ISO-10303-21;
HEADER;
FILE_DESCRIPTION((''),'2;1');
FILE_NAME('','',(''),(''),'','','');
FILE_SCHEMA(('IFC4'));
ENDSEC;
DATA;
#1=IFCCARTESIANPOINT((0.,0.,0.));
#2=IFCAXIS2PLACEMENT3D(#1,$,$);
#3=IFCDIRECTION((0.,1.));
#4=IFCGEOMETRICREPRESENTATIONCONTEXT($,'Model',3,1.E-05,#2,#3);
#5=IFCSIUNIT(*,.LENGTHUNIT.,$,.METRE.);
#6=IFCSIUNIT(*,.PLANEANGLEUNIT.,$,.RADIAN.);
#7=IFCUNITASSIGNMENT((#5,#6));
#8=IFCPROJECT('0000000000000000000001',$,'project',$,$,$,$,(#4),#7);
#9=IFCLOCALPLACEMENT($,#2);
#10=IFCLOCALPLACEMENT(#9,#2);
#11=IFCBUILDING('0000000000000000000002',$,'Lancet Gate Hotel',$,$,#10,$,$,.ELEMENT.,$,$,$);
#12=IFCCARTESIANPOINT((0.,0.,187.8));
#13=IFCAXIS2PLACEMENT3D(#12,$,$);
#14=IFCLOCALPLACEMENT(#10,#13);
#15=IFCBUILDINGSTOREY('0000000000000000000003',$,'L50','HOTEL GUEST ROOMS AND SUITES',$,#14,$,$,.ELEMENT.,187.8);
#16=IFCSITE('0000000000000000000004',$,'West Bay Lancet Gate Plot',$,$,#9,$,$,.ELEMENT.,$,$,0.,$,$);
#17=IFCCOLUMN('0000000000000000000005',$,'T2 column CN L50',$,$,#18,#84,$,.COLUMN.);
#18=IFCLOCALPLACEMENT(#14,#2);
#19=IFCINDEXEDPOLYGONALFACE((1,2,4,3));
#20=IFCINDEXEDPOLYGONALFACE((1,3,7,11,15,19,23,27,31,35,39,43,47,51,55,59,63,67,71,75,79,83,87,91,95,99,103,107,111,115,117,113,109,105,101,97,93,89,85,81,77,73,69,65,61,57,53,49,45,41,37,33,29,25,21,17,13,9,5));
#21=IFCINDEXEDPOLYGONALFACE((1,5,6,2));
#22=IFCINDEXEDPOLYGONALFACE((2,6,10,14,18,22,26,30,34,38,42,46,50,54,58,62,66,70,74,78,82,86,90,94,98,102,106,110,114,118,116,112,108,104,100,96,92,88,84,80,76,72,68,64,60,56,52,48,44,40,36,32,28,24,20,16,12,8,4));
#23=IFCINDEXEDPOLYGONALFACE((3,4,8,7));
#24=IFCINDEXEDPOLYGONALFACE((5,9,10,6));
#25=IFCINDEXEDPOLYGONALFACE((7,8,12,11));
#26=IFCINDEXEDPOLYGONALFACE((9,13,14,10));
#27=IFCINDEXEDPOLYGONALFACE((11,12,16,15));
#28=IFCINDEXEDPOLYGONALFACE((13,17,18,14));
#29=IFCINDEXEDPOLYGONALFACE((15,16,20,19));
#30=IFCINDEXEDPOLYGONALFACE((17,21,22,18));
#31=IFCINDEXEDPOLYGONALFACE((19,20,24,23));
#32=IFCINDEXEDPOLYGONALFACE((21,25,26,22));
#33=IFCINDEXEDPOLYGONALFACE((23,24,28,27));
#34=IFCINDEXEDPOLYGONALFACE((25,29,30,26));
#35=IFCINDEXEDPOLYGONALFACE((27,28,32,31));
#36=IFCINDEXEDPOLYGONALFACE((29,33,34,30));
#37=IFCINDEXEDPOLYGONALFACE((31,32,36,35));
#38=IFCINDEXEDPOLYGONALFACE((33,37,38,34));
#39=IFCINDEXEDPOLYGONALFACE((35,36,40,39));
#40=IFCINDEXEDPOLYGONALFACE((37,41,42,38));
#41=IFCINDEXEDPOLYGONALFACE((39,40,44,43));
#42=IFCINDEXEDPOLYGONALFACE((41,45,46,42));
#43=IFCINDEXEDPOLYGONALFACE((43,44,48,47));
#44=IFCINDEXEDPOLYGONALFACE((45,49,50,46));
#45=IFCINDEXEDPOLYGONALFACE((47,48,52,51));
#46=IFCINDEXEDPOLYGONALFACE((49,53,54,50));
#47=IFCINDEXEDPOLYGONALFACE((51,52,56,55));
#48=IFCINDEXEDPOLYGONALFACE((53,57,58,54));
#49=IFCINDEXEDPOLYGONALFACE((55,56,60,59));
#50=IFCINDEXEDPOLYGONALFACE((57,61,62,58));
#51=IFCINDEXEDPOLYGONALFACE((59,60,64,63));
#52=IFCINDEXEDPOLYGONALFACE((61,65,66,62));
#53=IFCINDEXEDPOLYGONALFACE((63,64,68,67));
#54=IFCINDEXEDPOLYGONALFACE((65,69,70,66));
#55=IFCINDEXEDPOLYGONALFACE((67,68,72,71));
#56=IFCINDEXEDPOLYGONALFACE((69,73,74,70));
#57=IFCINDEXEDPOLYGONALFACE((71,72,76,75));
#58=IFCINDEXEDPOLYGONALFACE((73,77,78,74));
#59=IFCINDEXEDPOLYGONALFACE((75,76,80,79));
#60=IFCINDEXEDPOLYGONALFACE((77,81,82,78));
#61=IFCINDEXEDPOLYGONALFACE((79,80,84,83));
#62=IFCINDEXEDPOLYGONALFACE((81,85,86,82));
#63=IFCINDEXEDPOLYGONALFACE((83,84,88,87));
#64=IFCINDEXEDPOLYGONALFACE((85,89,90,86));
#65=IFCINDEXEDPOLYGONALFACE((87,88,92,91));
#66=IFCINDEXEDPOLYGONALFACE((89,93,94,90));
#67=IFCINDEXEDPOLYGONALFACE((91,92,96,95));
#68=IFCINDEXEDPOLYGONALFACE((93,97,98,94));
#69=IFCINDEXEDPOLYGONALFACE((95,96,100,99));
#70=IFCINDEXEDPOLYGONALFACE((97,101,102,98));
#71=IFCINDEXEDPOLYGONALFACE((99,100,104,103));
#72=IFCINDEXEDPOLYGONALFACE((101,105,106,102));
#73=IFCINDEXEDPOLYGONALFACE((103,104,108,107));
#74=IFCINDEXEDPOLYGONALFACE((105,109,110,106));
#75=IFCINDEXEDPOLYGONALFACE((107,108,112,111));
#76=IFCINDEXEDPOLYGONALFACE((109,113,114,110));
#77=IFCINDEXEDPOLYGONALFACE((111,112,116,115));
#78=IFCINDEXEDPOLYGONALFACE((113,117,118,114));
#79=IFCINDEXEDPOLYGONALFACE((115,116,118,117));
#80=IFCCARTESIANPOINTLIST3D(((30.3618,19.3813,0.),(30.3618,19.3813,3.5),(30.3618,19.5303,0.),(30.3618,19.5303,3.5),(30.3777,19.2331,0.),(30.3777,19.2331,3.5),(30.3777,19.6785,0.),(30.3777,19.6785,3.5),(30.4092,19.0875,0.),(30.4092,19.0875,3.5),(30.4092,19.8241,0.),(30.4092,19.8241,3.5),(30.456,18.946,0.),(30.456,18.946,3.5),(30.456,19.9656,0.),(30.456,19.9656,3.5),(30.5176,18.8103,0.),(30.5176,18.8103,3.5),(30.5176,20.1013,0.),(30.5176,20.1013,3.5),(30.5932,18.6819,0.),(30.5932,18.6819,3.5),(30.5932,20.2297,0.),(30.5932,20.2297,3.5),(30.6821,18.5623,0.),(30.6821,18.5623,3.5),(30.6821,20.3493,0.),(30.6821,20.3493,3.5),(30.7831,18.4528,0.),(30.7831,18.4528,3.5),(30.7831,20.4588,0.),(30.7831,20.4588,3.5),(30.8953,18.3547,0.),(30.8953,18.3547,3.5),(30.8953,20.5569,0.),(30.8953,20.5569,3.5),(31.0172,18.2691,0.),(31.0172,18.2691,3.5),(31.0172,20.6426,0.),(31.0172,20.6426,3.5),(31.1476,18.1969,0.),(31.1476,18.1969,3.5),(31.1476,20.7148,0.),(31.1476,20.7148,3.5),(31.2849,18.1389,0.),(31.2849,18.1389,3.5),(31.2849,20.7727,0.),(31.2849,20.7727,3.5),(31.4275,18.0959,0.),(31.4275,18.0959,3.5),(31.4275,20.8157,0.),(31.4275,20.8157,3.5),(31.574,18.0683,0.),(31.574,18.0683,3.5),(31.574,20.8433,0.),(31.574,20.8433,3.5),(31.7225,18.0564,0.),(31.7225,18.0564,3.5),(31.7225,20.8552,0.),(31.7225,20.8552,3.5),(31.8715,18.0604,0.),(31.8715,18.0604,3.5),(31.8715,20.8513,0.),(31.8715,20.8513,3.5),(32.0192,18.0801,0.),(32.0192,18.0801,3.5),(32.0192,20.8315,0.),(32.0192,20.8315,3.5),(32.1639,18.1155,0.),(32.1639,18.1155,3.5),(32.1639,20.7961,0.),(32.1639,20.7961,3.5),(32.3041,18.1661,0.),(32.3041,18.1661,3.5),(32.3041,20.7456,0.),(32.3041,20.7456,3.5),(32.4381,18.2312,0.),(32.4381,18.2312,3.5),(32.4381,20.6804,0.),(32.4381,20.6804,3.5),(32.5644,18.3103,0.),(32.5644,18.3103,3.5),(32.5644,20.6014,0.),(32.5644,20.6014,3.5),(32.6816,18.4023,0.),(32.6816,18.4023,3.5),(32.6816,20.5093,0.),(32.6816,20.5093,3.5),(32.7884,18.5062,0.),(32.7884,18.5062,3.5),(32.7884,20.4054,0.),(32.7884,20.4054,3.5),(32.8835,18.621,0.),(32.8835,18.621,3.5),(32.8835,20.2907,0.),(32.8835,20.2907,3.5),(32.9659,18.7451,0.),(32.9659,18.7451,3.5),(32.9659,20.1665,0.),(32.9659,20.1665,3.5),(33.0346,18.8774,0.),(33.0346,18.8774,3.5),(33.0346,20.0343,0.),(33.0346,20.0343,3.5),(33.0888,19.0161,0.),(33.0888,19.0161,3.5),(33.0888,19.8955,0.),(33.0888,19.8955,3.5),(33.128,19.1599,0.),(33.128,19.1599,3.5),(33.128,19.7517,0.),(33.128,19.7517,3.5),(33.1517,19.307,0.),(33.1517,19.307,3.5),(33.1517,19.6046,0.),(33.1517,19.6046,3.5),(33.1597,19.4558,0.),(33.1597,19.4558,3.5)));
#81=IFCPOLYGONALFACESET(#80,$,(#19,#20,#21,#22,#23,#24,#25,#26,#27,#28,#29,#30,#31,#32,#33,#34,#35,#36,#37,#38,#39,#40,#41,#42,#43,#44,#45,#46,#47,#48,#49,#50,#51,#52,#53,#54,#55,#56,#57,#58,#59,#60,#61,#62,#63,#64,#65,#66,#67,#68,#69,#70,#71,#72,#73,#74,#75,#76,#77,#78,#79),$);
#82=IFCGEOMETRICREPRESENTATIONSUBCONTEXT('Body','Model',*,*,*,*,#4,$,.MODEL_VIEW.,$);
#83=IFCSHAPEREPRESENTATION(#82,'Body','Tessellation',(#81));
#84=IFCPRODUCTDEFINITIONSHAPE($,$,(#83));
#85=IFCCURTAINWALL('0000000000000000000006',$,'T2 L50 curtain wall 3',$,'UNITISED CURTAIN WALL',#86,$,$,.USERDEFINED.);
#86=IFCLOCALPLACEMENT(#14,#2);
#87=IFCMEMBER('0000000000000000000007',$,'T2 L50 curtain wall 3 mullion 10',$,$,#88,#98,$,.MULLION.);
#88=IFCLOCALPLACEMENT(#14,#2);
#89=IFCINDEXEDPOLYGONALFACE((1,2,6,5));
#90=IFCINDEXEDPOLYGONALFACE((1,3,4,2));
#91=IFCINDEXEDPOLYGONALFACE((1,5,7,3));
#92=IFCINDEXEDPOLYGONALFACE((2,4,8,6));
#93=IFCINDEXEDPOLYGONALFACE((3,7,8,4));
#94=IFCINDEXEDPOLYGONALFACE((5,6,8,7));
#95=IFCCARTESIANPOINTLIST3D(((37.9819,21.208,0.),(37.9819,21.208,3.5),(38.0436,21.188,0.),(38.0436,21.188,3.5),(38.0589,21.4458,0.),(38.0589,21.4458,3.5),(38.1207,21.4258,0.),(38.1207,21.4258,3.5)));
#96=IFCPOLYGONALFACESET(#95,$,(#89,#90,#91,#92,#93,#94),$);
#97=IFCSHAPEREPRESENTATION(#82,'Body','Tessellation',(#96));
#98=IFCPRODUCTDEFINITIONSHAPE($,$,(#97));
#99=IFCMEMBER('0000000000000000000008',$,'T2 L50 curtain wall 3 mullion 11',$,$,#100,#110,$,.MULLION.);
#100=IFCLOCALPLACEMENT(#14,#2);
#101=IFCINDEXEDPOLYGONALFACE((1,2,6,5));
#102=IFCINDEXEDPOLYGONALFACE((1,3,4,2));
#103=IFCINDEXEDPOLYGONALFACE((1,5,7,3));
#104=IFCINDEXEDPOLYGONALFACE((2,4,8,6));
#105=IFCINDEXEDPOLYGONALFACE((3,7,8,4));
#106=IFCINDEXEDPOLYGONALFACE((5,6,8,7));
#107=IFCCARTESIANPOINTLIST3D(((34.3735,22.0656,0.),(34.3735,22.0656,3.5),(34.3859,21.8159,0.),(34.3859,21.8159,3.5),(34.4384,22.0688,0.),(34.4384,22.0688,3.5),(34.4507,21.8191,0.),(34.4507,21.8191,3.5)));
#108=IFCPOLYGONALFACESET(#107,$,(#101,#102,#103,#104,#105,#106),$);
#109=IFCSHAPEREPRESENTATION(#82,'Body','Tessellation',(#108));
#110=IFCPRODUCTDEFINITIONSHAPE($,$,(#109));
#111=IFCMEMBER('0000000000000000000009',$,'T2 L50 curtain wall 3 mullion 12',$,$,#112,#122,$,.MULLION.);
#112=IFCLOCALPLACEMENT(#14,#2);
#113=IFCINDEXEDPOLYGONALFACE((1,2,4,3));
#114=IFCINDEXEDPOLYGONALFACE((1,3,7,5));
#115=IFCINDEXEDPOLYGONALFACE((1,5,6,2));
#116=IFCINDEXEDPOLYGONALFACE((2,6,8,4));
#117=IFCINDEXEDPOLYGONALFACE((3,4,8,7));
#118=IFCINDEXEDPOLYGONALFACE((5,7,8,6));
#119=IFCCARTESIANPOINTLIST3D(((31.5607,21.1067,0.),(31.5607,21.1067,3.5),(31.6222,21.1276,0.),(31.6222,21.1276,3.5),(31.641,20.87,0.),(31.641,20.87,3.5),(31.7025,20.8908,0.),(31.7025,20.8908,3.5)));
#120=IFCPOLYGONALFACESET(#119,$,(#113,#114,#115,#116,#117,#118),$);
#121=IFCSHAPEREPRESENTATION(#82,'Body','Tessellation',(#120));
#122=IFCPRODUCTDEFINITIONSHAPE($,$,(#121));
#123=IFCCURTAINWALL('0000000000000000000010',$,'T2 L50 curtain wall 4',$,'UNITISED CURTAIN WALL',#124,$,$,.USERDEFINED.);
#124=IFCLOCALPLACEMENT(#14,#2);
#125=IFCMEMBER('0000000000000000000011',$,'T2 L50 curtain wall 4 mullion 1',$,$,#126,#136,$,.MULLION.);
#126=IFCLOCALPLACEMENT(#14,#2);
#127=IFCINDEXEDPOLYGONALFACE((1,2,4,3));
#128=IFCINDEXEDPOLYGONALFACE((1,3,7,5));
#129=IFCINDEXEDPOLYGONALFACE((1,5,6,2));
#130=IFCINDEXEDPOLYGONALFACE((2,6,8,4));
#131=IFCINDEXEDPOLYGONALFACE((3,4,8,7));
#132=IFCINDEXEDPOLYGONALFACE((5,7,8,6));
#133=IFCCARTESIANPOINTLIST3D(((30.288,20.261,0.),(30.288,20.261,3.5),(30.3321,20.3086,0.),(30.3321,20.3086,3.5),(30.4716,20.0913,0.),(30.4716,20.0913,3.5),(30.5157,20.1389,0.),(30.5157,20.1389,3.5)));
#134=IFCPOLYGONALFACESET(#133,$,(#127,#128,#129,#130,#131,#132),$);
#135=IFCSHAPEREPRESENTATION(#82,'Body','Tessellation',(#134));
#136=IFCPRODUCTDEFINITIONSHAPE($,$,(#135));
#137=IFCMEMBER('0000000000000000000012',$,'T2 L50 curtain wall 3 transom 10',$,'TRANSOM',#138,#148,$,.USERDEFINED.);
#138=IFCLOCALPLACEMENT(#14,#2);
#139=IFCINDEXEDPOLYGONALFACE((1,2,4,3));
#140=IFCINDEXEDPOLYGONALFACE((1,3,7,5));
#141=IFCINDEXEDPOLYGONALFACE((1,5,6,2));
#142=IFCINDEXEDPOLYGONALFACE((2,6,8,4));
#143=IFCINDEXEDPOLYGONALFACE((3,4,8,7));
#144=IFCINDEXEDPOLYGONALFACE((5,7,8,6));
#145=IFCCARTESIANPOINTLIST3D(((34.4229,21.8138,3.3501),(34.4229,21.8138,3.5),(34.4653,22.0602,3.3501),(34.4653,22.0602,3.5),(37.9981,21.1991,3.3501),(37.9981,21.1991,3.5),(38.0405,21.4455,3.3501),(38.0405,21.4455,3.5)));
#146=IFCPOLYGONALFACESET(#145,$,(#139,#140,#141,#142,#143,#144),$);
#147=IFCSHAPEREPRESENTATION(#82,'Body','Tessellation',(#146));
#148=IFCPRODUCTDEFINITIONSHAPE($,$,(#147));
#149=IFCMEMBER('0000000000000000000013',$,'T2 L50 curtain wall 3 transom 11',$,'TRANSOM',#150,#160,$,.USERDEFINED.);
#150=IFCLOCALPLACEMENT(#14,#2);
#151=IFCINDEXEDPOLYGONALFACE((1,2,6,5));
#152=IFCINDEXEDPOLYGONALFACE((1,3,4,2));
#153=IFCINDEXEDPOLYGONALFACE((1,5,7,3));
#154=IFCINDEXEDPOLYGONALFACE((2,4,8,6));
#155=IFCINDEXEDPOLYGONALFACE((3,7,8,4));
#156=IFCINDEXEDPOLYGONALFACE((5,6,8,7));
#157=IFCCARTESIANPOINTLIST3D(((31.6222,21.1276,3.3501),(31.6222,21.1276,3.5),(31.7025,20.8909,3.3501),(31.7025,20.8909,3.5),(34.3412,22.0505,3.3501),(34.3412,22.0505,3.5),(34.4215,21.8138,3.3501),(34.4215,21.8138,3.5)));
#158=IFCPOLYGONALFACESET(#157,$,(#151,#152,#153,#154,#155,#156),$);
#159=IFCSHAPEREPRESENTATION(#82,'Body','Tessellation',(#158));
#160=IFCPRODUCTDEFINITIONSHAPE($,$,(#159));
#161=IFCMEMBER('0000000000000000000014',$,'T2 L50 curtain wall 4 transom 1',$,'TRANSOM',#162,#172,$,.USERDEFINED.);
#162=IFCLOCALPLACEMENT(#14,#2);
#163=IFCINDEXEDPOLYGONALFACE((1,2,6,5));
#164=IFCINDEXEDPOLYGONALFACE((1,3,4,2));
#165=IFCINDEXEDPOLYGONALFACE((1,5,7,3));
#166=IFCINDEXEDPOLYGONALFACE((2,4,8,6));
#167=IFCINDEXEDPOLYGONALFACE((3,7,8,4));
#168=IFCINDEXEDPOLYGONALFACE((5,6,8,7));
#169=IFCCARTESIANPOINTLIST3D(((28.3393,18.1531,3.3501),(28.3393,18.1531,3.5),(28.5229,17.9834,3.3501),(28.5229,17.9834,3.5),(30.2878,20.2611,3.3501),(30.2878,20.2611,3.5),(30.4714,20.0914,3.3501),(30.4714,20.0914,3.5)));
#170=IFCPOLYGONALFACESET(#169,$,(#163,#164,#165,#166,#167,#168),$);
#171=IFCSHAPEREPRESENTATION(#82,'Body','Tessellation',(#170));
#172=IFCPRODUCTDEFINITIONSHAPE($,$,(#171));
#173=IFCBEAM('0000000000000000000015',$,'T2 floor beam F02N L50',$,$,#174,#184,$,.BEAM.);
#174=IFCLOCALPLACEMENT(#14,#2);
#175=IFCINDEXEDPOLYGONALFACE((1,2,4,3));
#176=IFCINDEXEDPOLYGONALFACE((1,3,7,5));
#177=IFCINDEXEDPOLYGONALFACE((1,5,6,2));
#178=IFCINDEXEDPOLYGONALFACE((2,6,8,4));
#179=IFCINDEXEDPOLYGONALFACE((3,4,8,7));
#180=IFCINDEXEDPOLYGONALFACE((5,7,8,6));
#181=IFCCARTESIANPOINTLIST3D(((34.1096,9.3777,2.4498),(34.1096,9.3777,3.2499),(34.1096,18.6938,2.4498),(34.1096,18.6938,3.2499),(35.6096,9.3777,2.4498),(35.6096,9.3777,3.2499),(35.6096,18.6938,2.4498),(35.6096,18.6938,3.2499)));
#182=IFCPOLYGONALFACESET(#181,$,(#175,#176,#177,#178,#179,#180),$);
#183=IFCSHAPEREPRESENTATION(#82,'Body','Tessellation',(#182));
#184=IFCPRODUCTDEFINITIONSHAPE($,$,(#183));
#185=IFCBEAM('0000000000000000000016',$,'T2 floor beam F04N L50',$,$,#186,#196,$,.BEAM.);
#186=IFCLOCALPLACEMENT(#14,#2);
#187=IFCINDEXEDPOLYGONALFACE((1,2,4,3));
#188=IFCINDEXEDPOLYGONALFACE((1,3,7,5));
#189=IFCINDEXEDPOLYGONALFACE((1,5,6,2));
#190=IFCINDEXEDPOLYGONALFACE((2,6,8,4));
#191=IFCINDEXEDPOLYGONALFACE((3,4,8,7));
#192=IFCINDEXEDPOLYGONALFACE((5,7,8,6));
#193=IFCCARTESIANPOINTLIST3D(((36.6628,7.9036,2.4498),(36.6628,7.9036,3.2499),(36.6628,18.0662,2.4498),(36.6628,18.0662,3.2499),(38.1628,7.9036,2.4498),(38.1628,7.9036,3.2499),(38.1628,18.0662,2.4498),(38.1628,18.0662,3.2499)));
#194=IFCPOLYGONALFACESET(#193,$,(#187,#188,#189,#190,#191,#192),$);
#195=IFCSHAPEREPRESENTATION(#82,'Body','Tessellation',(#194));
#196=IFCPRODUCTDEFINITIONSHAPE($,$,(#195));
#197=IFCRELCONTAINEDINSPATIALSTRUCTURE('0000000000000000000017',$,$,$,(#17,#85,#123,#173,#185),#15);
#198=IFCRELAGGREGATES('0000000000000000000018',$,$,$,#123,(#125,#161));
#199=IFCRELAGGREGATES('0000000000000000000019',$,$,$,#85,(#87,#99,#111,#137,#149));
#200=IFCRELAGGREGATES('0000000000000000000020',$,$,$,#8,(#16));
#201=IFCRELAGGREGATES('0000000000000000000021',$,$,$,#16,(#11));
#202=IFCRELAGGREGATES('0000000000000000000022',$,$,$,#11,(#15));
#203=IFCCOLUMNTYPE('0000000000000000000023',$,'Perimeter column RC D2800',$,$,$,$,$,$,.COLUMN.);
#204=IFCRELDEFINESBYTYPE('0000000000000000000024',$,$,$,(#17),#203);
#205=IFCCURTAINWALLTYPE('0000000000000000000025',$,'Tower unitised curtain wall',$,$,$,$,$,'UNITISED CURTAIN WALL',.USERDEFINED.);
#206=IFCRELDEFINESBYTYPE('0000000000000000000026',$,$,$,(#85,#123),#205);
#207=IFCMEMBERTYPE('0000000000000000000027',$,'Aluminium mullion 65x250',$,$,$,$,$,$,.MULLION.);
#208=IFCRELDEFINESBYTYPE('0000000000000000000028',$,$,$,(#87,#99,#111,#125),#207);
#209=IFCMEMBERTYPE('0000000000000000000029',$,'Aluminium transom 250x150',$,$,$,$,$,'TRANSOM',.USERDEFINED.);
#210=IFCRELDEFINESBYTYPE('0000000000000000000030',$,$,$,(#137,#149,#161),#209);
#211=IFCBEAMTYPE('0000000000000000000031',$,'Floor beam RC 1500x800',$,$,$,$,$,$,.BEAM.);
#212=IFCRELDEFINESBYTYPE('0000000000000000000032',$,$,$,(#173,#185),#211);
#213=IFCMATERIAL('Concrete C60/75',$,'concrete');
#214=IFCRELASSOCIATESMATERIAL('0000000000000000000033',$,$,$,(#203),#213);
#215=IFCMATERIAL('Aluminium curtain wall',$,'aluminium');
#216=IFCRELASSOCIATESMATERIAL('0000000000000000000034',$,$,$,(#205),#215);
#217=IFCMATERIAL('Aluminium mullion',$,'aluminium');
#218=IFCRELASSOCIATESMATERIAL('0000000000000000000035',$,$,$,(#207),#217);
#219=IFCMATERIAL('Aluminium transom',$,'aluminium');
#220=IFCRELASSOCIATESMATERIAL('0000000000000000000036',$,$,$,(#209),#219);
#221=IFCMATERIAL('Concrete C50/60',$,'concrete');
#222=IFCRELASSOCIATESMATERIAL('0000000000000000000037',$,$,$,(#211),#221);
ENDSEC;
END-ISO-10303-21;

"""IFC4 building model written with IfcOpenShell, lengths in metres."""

from ifc_helpers import new_model, si_unit, direction, frame, origin, origin_2d, place, context, subcontext, project, spatial, rectangle, circle, extrude, material, material_profile, profile_set, type_object, element, aggregate, save


model = new_model("IFC4")

# Units and contexts
model_context = context("Model", 3, precision=1e-05, world=origin(), true_north=direction((0.0, 1.0)))
body_context = subcontext(model_context, "Body", "Model", "MODEL_VIEW")
ifc_project = project(units=[si_unit("LENGTHUNIT", "METRE"), si_unit("PLANEANGLEUNIT", "RADIAN")], contexts=[model_context])

# Site, building, storey
site_placement = place(None, origin())
site = spatial("IfcSite", under=ifc_project, at=site_placement, Name="West Bay Lancet Gate Plot", CompositionType="ELEMENT", RefElevation=0.0)
building_placement = place(site_placement, origin())
building = spatial("IfcBuilding", under=site, at=building_placement, Name="Lancet Gate Hotel", CompositionType="ELEMENT")
storey_placement = place(building_placement, frame((0.0, 0.0, 187.8)))
storey = spatial("IfcBuildingStorey", under=building, at=storey_placement, Name="L50", Description="HOTEL GUEST ROOMS AND SUITES", CompositionType="ELEMENT", Elevation=187.8)

# Column
ifc_material_1 = material(Name="Concrete C60/75", Category="concrete")
ifc_material_profile_1 = material_profile(ifc_material_1, circle(Radius=1.3999, at=origin_2d()), Name="RC D2800")
ifc_profile_set_1 = profile_set([ifc_material_profile_1], Name="Concrete C60/75")
column_type = type_object("IfcColumnType", Name="Perimeter column RC D2800", PredefinedType="COLUMN", material=ifc_profile_set_1)
column_placement = place(storey_placement, frame((31.7598, 19.4558, 0.0), z_axis=(0.0, 0.0, 1.0), x_axis=(1.0, 0.0, 0.0)))
element("IfcColumn", 1, at=column_placement, inside=storey, type_object=column_type, Name="T2 column CN L50", PredefinedType="COLUMN", context=body_context, shape_type="SweptSolid", body=[
    extrude(circle(Radius=1.3999, at=origin_2d()), origin(), (0.0, 0.0, 1.0), 3.5),
])

# Curtain wall, members
ifc_material_2 = material(Name="Aluminium curtain wall", Category="aluminium")
curtain_wall_type = type_object("IfcCurtainWallType", Name="Tower unitised curtain wall", ElementType="UNITISED CURTAIN WALL", PredefinedType="USERDEFINED", material=ifc_material_2)
curtain_wall_1_placement = place(storey_placement, origin())
curtain_wall_1 = element("IfcCurtainWall", 2, at=curtain_wall_1_placement, inside=storey, type_object=curtain_wall_type, Name="T2 L50 curtain wall 3", ObjectType="UNITISED CURTAIN WALL", PredefinedType="USERDEFINED")
ifc_material_3 = material(Name="Aluminium mullion", Category="aluminium")
ifc_material_profile_2 = material_profile(ifc_material_3, rectangle(XDim=0.0649, YDim=0.25, at=origin_2d()), Name="MULLION 65x250")
ifc_profile_set_2 = profile_set([ifc_material_profile_2], Name="Aluminium mullion")
member_type_1 = type_object("IfcMemberType", Name="Aluminium mullion 65x250", PredefinedType="MULLION", material=ifc_profile_set_2)
member_1_placement = place(storey_placement, frame((38.0513, 21.3169, 0.0), z_axis=(0.0, 0.0, 1.0), x_axis=(-0.951355, 0.308095, 0.0)))
member_1 = element("IfcMember", 3, at=member_1_placement, type_object=member_type_1, Name="T2 L50 curtain wall 3 mullion 10", PredefinedType="MULLION", context=body_context, shape_type="SweptSolid", body=[
    extrude(rectangle(XDim=0.0649, YDim=0.25, at=origin_2d()), origin(), (0.0, 0.0, 1.0), 3.5),
])
member_2_placement = place(storey_placement, frame((34.4121, 21.9424, 0.0), z_axis=(0.0, 0.0, 1.0), x_axis=(-0.998776, -0.049471, 0.0)))
member_2 = element("IfcMember", 4, at=member_2_placement, type_object=member_type_1, Name="T2 L50 curtain wall 3 mullion 11", PredefinedType="MULLION", context=body_context, shape_type="SweptSolid", body=[
    extrude(rectangle(XDim=0.0649, YDim=0.25, at=origin_2d()), origin(), (0.0, 0.0, 1.0), 3.5),
])
member_3_placement = place(storey_placement, frame((31.6316, 20.9988, 0.0), z_axis=(0.0, 0.0, 1.0), x_axis=(-0.946952, -0.321374, 0.0)))
member_3 = element("IfcMember", 5, at=member_3_placement, type_object=member_type_1, Name="T2 L50 curtain wall 3 mullion 12", PredefinedType="MULLION", context=body_context, shape_type="SweptSolid", body=[
    extrude(rectangle(XDim=0.0649, YDim=0.25, at=origin_2d()), origin(), (0.0, 0.0, 1.0), 3.5),
])

# Curtain wall, member
curtain_wall_2_placement = place(storey_placement, origin())
curtain_wall_2 = element("IfcCurtainWall", 6, at=curtain_wall_2_placement, inside=storey, type_object=curtain_wall_type, Name="T2 L50 curtain wall 4", ObjectType="UNITISED CURTAIN WALL", PredefinedType="USERDEFINED")
member_4_placement = place(storey_placement, frame((30.4019, 20.2, 0.0), z_axis=(0.0, 0.0, 1.0), x_axis=(-0.678831, -0.734294, 0.0)))
member_4 = element("IfcMember", 7, at=member_4_placement, type_object=member_type_1, Name="T2 L50 curtain wall 4 mullion 1", PredefinedType="MULLION", context=body_context, shape_type="SweptSolid", body=[
    extrude(rectangle(XDim=0.0649, YDim=0.25, at=origin_2d()), origin(), (0.0, 0.0, 1.0), 3.5),
])

# Members
ifc_material_4 = material(Name="Aluminium transom", Category="aluminium")
ifc_material_profile_3 = material_profile(ifc_material_4, rectangle(XDim=0.25, YDim=0.1499, at=origin_2d()), Name="TRANSOM 250x150")
ifc_profile_set_3 = profile_set([ifc_material_profile_3], Name="Aluminium transom")
member_type_2 = type_object("IfcMemberType", Name="Aluminium transom 250x150", ElementType="TRANSOM", PredefinedType="USERDEFINED", material=ifc_profile_set_3)
member_5_placement = place(storey_placement, frame((38.0193, 21.3223, 3.425), z_axis=(-0.985537, 0.169461, 0.0), x_axis=(-0.169461, -0.985537, 0.0)))
member_5 = element("IfcMember", 8, at=member_5_placement, type_object=member_type_2, Name="T2 L50 curtain wall 3 transom 10", ObjectType="TRANSOM", PredefinedType="USERDEFINED", context=body_context, shape_type="SweptSolid", body=[
    extrude(rectangle(XDim=0.25, YDim=0.1499, at=origin_2d()), origin(), (0.0, 0.0, 1.0), 3.6277),
])
member_6_placement = place(storey_placement, frame((34.3813, 21.9321, 3.425), z_axis=(-0.946943, -0.321401, 0.0), x_axis=(0.321401, -0.946943, 0.0)))
member_6 = element("IfcMember", 9, at=member_6_placement, type_object=member_type_2, Name="T2 L50 curtain wall 3 transom 11", ObjectType="TRANSOM", PredefinedType="USERDEFINED", context=body_context, shape_type="SweptSolid", body=[
    extrude(rectangle(XDim=0.25, YDim=0.1499, at=origin_2d()), origin(), (0.0, 0.0, 1.0), 2.8713),
])
member_7_placement = place(storey_placement, frame((30.3796, 20.1763, 3.425), z_axis=(-0.678792, -0.73433, 0.0), x_axis=(0.73433, -0.678792, 0.0)))
member_7 = element("IfcMember", 10, at=member_7_placement, type_object=member_type_2, Name="T2 L50 curtain wall 4 transom 1", ObjectType="TRANSOM", PredefinedType="USERDEFINED", context=body_context, shape_type="SweptSolid", body=[
    extrude(rectangle(XDim=0.25, YDim=0.1499, at=origin_2d()), origin(), (0.0, 0.0, 1.0), 2.8706),
])
aggregate(curtain_wall_2, [member_4, member_7])

# Beams
ifc_material_5 = material(Name="Concrete C50/60", Category="concrete")
ifc_material_profile_4 = material_profile(ifc_material_5, rectangle(XDim=1.5, YDim=0.8, at=origin_2d()), Name="RC 1500x800")
ifc_profile_set_4 = profile_set([ifc_material_profile_4], Name="Concrete C50/60")
beam_type = type_object("IfcBeamType", Name="Floor beam RC 1500x800", PredefinedType="BEAM", material=ifc_profile_set_4)
beam_1_placement = place(storey_placement, frame((34.8596, 9.3777, 2.8499), z_axis=(0.0, 1.0, 0.0), x_axis=(-1.0, 0.0, 0.0)))
element("IfcBeam", 11, at=beam_1_placement, inside=storey, type_object=beam_type, Name="T2 floor beam F02N L50", PredefinedType="BEAM", context=body_context, shape_type="SweptSolid", body=[
    extrude(rectangle(XDim=1.5, YDim=0.8, at=origin_2d()), origin(), (0.0, 0.0, 1.0), 9.3162),
])
beam_2_placement = place(storey_placement, frame((37.4128, 7.9036, 2.8499), z_axis=(0.0, 1.0, 0.0), x_axis=(-1.0, 0.0, 0.0)))
element("IfcBeam", 12, at=beam_2_placement, inside=storey, type_object=beam_type, Name="T2 floor beam F04N L50", PredefinedType="BEAM", context=body_context, shape_type="SweptSolid", body=[
    extrude(rectangle(XDim=1.5, YDim=0.8, at=origin_2d()), origin(), (0.0, 0.0, 1.0), 10.1626),
])

aggregate(curtain_wall_1, [member_1, member_2, member_3, member_5, member_6])

save(model, "model.ifc")
